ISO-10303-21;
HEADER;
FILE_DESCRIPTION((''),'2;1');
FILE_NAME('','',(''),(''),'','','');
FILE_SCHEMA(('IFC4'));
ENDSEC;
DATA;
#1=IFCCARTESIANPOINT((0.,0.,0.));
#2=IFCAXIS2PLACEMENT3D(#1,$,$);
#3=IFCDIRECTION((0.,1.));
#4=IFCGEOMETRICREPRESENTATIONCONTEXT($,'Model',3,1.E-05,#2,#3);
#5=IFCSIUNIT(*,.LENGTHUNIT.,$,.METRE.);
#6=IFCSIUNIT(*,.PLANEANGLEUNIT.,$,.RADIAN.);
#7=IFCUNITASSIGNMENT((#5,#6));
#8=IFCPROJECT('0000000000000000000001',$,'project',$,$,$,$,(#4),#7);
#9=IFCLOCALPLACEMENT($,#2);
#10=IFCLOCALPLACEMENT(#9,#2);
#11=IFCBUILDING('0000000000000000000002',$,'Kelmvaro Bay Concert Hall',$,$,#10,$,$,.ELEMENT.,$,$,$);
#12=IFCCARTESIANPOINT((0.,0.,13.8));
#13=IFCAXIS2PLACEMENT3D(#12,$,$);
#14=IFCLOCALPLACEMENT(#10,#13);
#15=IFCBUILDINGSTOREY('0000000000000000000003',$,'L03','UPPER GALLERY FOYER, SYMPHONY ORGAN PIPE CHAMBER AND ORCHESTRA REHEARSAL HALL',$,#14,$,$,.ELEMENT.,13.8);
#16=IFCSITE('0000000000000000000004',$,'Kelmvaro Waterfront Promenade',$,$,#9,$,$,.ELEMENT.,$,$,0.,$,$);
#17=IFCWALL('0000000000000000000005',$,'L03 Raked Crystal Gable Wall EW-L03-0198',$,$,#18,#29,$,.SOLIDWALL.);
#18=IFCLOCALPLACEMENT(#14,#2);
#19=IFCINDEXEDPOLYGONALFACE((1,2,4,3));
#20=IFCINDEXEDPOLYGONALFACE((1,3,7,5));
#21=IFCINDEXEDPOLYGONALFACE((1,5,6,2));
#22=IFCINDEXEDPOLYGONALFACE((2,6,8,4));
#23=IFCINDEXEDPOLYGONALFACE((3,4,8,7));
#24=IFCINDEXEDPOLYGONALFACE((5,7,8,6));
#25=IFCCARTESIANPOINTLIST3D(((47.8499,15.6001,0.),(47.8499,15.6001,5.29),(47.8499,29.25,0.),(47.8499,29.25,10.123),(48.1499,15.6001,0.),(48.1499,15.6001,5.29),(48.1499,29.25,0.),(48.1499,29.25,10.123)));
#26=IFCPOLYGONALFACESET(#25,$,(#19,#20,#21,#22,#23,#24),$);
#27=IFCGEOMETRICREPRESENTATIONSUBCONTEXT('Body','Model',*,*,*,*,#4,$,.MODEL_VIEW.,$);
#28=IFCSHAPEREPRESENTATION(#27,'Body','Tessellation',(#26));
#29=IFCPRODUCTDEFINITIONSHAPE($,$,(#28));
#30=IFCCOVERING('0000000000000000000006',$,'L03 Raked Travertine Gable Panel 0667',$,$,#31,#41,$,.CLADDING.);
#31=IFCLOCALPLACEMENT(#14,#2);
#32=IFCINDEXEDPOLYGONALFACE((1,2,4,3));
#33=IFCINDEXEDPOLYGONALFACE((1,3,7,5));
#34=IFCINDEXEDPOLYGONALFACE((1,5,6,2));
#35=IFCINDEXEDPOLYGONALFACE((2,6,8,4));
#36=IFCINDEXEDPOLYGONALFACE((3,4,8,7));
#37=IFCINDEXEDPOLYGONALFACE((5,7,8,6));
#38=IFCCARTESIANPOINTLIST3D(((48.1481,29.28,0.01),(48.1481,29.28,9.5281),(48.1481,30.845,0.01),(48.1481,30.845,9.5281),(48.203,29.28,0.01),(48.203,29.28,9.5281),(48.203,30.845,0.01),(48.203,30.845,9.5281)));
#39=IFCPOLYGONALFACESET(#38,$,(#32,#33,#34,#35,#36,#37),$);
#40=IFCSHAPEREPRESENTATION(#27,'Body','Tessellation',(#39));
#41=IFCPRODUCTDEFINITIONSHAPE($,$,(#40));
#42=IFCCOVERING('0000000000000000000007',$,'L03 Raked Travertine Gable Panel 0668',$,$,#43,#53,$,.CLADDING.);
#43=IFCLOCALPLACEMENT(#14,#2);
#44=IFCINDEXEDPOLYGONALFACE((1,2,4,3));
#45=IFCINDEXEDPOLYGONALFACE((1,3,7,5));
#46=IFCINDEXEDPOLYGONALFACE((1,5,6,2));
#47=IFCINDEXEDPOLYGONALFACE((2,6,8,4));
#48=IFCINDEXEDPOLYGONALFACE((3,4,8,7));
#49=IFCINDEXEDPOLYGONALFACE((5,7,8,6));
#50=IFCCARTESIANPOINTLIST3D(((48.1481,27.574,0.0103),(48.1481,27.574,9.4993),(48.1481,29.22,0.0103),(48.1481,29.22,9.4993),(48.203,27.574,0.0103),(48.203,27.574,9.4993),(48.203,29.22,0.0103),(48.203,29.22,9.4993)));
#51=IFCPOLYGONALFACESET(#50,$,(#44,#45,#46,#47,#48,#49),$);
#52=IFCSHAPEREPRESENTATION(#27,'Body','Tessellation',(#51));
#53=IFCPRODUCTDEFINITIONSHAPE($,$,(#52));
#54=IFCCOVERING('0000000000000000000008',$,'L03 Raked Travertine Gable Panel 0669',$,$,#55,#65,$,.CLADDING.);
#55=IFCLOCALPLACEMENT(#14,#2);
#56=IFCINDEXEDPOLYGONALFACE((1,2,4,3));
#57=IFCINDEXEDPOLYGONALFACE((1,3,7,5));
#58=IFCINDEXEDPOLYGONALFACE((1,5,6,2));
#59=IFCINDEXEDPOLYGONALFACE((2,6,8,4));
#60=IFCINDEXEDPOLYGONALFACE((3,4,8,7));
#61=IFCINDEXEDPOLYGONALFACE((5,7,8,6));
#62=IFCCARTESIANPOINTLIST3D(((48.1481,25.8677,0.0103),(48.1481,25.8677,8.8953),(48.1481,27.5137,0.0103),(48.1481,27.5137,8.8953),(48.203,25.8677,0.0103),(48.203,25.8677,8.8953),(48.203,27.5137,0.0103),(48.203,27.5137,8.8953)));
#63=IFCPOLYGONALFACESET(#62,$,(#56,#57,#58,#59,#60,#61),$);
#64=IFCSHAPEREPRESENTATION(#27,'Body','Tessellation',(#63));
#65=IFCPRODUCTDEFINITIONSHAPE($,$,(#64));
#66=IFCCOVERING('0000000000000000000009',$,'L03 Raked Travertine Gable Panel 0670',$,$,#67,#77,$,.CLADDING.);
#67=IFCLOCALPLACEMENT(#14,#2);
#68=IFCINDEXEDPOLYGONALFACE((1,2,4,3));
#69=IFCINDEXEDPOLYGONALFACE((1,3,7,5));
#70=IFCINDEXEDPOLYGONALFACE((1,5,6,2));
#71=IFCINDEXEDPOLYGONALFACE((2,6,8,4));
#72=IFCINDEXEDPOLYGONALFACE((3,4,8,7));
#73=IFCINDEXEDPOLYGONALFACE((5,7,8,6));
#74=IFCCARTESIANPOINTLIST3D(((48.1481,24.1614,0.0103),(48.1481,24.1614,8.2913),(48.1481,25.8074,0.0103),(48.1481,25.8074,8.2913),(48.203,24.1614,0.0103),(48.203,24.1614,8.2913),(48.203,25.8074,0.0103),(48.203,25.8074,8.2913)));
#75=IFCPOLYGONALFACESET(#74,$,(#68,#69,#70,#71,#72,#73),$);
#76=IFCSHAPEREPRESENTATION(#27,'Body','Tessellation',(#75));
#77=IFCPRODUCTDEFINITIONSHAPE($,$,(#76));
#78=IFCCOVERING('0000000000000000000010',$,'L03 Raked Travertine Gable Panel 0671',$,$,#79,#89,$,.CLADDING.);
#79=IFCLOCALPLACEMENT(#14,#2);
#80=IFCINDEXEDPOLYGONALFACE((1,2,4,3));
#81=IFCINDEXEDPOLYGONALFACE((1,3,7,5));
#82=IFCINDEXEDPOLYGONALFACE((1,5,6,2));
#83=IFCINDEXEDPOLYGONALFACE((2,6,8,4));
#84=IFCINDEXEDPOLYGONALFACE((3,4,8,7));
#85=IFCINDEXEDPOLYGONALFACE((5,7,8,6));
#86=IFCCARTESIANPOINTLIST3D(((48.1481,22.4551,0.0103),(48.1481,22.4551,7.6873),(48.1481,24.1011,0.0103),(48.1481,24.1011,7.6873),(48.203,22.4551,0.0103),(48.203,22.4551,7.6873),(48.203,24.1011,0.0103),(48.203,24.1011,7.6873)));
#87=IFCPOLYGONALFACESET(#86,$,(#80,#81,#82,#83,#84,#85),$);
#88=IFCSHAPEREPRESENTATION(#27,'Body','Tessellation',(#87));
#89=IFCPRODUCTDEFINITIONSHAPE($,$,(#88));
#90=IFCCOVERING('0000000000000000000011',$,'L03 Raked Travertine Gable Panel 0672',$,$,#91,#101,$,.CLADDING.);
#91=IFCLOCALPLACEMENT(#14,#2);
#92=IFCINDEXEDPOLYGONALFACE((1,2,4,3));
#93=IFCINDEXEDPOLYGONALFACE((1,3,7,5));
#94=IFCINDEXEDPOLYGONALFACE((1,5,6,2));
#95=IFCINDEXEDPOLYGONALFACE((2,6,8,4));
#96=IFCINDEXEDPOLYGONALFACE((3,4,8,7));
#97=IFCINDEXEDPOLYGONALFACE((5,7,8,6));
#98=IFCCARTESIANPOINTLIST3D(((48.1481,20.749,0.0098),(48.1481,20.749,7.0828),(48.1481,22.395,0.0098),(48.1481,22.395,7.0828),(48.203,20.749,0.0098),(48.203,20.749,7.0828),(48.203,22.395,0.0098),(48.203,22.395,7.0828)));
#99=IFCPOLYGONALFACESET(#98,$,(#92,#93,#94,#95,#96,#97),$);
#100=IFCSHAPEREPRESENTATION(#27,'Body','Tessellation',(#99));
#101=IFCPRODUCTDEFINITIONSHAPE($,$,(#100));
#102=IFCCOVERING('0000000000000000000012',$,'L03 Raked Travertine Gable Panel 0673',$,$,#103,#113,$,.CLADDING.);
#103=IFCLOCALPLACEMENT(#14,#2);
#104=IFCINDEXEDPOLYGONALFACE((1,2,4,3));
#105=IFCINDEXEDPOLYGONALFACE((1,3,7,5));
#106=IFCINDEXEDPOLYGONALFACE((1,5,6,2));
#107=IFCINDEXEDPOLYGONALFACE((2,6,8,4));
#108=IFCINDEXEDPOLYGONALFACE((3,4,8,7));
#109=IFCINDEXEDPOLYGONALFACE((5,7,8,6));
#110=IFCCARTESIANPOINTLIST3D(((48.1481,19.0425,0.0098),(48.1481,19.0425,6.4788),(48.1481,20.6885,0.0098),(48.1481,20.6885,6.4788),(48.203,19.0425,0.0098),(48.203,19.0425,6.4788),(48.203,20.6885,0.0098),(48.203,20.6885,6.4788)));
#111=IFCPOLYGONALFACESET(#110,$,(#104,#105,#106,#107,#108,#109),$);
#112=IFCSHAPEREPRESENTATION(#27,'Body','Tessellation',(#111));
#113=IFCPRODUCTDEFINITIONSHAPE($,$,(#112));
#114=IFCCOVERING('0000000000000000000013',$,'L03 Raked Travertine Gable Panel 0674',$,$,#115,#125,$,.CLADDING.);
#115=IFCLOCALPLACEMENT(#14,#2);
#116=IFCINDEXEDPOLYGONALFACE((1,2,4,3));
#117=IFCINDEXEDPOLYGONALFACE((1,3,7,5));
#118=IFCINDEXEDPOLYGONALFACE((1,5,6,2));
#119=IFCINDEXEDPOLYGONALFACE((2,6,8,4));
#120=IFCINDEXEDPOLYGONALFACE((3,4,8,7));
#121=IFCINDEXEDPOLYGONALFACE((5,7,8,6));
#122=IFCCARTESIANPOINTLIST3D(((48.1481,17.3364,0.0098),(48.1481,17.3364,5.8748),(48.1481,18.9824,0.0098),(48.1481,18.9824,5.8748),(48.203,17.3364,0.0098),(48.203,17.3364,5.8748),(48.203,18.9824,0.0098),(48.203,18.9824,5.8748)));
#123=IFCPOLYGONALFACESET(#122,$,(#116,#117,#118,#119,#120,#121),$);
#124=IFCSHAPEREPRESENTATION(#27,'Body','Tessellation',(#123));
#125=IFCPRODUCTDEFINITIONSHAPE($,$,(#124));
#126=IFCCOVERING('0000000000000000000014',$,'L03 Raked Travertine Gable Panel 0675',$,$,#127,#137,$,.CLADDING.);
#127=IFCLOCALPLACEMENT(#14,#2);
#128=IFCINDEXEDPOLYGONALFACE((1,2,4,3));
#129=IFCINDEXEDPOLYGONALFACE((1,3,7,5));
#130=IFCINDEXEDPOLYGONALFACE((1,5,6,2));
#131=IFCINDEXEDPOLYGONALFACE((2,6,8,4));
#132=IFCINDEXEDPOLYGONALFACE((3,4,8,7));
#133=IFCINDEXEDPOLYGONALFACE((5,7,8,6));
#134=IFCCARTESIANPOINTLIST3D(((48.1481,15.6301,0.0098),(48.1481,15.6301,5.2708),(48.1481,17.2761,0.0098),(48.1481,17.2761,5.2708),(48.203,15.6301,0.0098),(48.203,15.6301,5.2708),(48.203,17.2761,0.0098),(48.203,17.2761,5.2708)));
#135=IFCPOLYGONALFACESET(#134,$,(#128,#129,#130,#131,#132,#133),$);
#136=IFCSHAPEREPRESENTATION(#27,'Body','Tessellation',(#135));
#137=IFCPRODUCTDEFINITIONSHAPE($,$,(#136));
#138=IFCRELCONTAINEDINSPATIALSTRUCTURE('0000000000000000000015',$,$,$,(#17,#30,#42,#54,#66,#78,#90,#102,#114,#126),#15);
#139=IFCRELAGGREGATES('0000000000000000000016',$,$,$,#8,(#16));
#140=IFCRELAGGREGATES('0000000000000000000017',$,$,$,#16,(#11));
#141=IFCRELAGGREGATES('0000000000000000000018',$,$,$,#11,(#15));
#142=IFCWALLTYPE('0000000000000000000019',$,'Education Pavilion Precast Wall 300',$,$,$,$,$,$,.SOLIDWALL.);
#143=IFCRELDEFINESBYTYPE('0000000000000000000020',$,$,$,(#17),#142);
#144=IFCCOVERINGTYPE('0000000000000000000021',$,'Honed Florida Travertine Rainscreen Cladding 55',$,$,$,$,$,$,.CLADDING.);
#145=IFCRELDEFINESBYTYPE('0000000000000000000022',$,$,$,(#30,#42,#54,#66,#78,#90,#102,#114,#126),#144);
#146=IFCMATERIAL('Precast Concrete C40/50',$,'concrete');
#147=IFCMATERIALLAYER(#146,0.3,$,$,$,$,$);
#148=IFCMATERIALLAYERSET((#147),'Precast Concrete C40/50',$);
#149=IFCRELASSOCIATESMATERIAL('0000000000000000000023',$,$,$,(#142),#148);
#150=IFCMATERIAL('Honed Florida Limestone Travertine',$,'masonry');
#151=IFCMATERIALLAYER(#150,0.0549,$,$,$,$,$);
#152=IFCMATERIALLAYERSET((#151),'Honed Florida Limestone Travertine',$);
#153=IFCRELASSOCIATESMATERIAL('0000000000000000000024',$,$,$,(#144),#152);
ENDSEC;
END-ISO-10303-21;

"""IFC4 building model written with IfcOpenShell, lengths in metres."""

from ifc_helpers import new_model, si_unit, direction, frame, origin, origin_2d, place, context, subcontext, project, spatial, polyline, rectangle, outline, extrude, material, layer, layer_set, type_object, element, save


model = new_model("IFC4")

# Units and contexts
model_context = context("Model", 3, precision=1e-05, world=origin(), true_north=direction((0.0, 1.0)))
body_context = subcontext(model_context, "Body", "Model", "MODEL_VIEW")
ifc_project = project(units=[si_unit("LENGTHUNIT", "METRE"), si_unit("PLANEANGLEUNIT", "RADIAN")], contexts=[model_context])

# Site, building, storey
site_placement = place(None, origin())
site = spatial("IfcSite", under=ifc_project, at=site_placement, Name="Kelmvaro Waterfront Promenade", CompositionType="ELEMENT", RefElevation=0.0)
building_placement = place(site_placement, origin())
building = spatial("IfcBuilding", under=site, at=building_placement, Name="Kelmvaro Bay Concert Hall", CompositionType="ELEMENT")
storey_placement = place(building_placement, frame((0.0, 0.0, 13.8)))
storey = spatial("IfcBuildingStorey", under=building, at=storey_placement, Name="L03", Description="UPPER GALLERY FOYER, SYMPHONY ORGAN PIPE CHAMBER AND ORCHESTRA REHEARSAL HALL", CompositionType="ELEMENT", Elevation=13.8)

# Wall
ifc_material_1 = material(Name="Precast Concrete C40/50", Category="concrete")
ifc_layer_1 = layer(ifc_material_1, 0.3)
ifc_layer_set_1 = layer_set([ifc_layer_1], Name="Precast Concrete C40/50")
wall_type = type_object("IfcWallType", Name="Education Pavilion Precast Wall 300", PredefinedType="SOLIDWALL", material=ifc_layer_set_1)
wall_placement = place(storey_placement, frame((48.0, 29.25, 0.0), z_axis=(0.0, 0.0, 1.0), x_axis=(0.0, -1.0, 0.0)))
element("IfcWall", 1, at=wall_placement, inside=storey, type_object=wall_type, Name="L03 Raked Crystal Gable Wall EW-L03-0198", PredefinedType="SOLIDWALL", context=body_context, shape_type="SweptSolid", body=[
    extrude(outline(polyline([(0.0, 0.0), (13.6499, 0.0), (13.6499, 5.29), (0.0, 10.123), (0.0, 0.0)])), frame((0.0, 0.1499, 0.0), z_axis=(0.0, -1.0, 0.0), x_axis=(1.0, 0.0, 0.0)), (0.0, 0.0, 1.0), 0.3),
])

# Coverings
ifc_material_2 = material(Name="Honed Florida Limestone Travertine", Category="masonry")
ifc_layer_2 = layer(ifc_material_2, 0.0549)
ifc_layer_set_2 = layer_set([ifc_layer_2], Name="Honed Florida Limestone Travertine")
covering_type = type_object("IfcCoveringType", Name="Honed Florida Travertine Rainscreen Cladding 55", PredefinedType="CLADDING", material=ifc_layer_set_2)
covering_1_placement = place(storey_placement, frame((48.1755, 30.0625, 0.01), z_axis=(0.0, 0.0, 1.0), x_axis=(0.0, -1.0, 0.0)))
element("IfcCovering", 2, at=covering_1_placement, inside=storey, type_object=covering_type, Name="L03 Raked Travertine Gable Panel 0667", PredefinedType="CLADDING", context=body_context, shape_type="SweptSolid", body=[
    extrude(rectangle(XDim=1.5649, YDim=0.0549, at=origin_2d()), origin(), (0.0, 0.0, 1.0), 9.5181),
])
covering_2_placement = place(storey_placement, frame((48.1755, 28.397, 0.0103), z_axis=(0.0, 0.0, 1.0), x_axis=(0.0, -1.0, 0.0)))
element("IfcCovering", 3, at=covering_2_placement, inside=storey, type_object=covering_type, Name="L03 Raked Travertine Gable Panel 0668", PredefinedType="CLADDING", context=body_context, shape_type="SweptSolid", body=[
    extrude(rectangle(XDim=1.646, YDim=0.0549, at=origin_2d()), origin(), (0.0, 0.0, 1.0), 9.489),
])
covering_3_placement = place(storey_placement, frame((48.1755, 26.6907, 0.0103), z_axis=(0.0, 0.0, 1.0), x_axis=(0.0, -1.0, 0.0)))
element("IfcCovering", 4, at=covering_3_placement, inside=storey, type_object=covering_type, Name="L03 Raked Travertine Gable Panel 0669", PredefinedType="CLADDING", context=body_context, shape_type="SweptSolid", body=[
    extrude(rectangle(XDim=1.646, YDim=0.0549, at=origin_2d()), origin(), (0.0, 0.0, 1.0), 8.885),
])
covering_4_placement = place(storey_placement, frame((48.1755, 24.9844, 0.0103), z_axis=(0.0, 0.0, 1.0), x_axis=(0.0, -1.0, 0.0)))
element("IfcCovering", 5, at=covering_4_placement, inside=storey, type_object=covering_type, Name="L03 Raked Travertine Gable Panel 0670", PredefinedType="CLADDING", context=body_context, shape_type="SweptSolid", body=[
    extrude(rectangle(XDim=1.646, YDim=0.0549, at=origin_2d()), origin(), (0.0, 0.0, 1.0), 8.281),
])
covering_5_placement = place(storey_placement, frame((48.1755, 23.2781, 0.0103), z_axis=(0.0, 0.0, 1.0), x_axis=(0.0, -1.0, 0.0)))
element("IfcCovering", 6, at=covering_5_placement, inside=storey, type_object=covering_type, Name="L03 Raked Travertine Gable Panel 0671", PredefinedType="CLADDING", context=body_context, shape_type="SweptSolid", body=[
    extrude(rectangle(XDim=1.646, YDim=0.0549, at=origin_2d()), origin(), (0.0, 0.0, 1.0), 7.677),
])
covering_6_placement = place(storey_placement, frame((48.1755, 21.572, 0.0098), z_axis=(0.0, 0.0, 1.0), x_axis=(0.0, -1.0, 0.0)))
element("IfcCovering", 7, at=covering_6_placement, inside=storey, type_object=covering_type, Name="L03 Raked Travertine Gable Panel 0672", PredefinedType="CLADDING", context=body_context, shape_type="SweptSolid", body=[
    extrude(rectangle(XDim=1.646, YDim=0.0549, at=origin_2d()), origin(), (0.0, 0.0, 1.0), 7.073),
])
covering_7_placement = place(storey_placement, frame((48.1755, 19.8655, 0.0098), z_axis=(0.0, 0.0, 1.0), x_axis=(0.0, -1.0, 0.0)))
element("IfcCovering", 8, at=covering_7_placement, inside=storey, type_object=covering_type, Name="L03 Raked Travertine Gable Panel 0673", PredefinedType="CLADDING", context=body_context, shape_type="SweptSolid", body=[
    extrude(rectangle(XDim=1.646, YDim=0.0549, at=origin_2d()), origin(), (0.0, 0.0, 1.0), 6.469),
])
covering_8_placement = place(storey_placement, frame((48.1755, 18.1594, 0.0098), z_axis=(0.0, 0.0, 1.0), x_axis=(0.0, -1.0, 0.0)))
element("IfcCovering", 9, at=covering_8_placement, inside=storey, type_object=covering_type, Name="L03 Raked Travertine Gable Panel 0674", PredefinedType="CLADDING", context=body_context, shape_type="SweptSolid", body=[
    extrude(rectangle(XDim=1.646, YDim=0.0549, at=origin_2d()), origin(), (0.0, 0.0, 1.0), 5.865),
])
covering_9_placement = place(storey_placement, frame((48.1755, 16.4531, 0.0098), z_axis=(0.0, 0.0, 1.0), x_axis=(0.0, -1.0, 0.0)))
element("IfcCovering", 10, at=covering_9_placement, inside=storey, type_object=covering_type, Name="L03 Raked Travertine Gable Panel 0675", PredefinedType="CLADDING", context=body_context, shape_type="SweptSolid", body=[
    extrude(rectangle(XDim=1.646, YDim=0.0549, at=origin_2d()), origin(), (0.0, 0.0, 1.0), 5.261),
])

save(model, "model.ifc")
